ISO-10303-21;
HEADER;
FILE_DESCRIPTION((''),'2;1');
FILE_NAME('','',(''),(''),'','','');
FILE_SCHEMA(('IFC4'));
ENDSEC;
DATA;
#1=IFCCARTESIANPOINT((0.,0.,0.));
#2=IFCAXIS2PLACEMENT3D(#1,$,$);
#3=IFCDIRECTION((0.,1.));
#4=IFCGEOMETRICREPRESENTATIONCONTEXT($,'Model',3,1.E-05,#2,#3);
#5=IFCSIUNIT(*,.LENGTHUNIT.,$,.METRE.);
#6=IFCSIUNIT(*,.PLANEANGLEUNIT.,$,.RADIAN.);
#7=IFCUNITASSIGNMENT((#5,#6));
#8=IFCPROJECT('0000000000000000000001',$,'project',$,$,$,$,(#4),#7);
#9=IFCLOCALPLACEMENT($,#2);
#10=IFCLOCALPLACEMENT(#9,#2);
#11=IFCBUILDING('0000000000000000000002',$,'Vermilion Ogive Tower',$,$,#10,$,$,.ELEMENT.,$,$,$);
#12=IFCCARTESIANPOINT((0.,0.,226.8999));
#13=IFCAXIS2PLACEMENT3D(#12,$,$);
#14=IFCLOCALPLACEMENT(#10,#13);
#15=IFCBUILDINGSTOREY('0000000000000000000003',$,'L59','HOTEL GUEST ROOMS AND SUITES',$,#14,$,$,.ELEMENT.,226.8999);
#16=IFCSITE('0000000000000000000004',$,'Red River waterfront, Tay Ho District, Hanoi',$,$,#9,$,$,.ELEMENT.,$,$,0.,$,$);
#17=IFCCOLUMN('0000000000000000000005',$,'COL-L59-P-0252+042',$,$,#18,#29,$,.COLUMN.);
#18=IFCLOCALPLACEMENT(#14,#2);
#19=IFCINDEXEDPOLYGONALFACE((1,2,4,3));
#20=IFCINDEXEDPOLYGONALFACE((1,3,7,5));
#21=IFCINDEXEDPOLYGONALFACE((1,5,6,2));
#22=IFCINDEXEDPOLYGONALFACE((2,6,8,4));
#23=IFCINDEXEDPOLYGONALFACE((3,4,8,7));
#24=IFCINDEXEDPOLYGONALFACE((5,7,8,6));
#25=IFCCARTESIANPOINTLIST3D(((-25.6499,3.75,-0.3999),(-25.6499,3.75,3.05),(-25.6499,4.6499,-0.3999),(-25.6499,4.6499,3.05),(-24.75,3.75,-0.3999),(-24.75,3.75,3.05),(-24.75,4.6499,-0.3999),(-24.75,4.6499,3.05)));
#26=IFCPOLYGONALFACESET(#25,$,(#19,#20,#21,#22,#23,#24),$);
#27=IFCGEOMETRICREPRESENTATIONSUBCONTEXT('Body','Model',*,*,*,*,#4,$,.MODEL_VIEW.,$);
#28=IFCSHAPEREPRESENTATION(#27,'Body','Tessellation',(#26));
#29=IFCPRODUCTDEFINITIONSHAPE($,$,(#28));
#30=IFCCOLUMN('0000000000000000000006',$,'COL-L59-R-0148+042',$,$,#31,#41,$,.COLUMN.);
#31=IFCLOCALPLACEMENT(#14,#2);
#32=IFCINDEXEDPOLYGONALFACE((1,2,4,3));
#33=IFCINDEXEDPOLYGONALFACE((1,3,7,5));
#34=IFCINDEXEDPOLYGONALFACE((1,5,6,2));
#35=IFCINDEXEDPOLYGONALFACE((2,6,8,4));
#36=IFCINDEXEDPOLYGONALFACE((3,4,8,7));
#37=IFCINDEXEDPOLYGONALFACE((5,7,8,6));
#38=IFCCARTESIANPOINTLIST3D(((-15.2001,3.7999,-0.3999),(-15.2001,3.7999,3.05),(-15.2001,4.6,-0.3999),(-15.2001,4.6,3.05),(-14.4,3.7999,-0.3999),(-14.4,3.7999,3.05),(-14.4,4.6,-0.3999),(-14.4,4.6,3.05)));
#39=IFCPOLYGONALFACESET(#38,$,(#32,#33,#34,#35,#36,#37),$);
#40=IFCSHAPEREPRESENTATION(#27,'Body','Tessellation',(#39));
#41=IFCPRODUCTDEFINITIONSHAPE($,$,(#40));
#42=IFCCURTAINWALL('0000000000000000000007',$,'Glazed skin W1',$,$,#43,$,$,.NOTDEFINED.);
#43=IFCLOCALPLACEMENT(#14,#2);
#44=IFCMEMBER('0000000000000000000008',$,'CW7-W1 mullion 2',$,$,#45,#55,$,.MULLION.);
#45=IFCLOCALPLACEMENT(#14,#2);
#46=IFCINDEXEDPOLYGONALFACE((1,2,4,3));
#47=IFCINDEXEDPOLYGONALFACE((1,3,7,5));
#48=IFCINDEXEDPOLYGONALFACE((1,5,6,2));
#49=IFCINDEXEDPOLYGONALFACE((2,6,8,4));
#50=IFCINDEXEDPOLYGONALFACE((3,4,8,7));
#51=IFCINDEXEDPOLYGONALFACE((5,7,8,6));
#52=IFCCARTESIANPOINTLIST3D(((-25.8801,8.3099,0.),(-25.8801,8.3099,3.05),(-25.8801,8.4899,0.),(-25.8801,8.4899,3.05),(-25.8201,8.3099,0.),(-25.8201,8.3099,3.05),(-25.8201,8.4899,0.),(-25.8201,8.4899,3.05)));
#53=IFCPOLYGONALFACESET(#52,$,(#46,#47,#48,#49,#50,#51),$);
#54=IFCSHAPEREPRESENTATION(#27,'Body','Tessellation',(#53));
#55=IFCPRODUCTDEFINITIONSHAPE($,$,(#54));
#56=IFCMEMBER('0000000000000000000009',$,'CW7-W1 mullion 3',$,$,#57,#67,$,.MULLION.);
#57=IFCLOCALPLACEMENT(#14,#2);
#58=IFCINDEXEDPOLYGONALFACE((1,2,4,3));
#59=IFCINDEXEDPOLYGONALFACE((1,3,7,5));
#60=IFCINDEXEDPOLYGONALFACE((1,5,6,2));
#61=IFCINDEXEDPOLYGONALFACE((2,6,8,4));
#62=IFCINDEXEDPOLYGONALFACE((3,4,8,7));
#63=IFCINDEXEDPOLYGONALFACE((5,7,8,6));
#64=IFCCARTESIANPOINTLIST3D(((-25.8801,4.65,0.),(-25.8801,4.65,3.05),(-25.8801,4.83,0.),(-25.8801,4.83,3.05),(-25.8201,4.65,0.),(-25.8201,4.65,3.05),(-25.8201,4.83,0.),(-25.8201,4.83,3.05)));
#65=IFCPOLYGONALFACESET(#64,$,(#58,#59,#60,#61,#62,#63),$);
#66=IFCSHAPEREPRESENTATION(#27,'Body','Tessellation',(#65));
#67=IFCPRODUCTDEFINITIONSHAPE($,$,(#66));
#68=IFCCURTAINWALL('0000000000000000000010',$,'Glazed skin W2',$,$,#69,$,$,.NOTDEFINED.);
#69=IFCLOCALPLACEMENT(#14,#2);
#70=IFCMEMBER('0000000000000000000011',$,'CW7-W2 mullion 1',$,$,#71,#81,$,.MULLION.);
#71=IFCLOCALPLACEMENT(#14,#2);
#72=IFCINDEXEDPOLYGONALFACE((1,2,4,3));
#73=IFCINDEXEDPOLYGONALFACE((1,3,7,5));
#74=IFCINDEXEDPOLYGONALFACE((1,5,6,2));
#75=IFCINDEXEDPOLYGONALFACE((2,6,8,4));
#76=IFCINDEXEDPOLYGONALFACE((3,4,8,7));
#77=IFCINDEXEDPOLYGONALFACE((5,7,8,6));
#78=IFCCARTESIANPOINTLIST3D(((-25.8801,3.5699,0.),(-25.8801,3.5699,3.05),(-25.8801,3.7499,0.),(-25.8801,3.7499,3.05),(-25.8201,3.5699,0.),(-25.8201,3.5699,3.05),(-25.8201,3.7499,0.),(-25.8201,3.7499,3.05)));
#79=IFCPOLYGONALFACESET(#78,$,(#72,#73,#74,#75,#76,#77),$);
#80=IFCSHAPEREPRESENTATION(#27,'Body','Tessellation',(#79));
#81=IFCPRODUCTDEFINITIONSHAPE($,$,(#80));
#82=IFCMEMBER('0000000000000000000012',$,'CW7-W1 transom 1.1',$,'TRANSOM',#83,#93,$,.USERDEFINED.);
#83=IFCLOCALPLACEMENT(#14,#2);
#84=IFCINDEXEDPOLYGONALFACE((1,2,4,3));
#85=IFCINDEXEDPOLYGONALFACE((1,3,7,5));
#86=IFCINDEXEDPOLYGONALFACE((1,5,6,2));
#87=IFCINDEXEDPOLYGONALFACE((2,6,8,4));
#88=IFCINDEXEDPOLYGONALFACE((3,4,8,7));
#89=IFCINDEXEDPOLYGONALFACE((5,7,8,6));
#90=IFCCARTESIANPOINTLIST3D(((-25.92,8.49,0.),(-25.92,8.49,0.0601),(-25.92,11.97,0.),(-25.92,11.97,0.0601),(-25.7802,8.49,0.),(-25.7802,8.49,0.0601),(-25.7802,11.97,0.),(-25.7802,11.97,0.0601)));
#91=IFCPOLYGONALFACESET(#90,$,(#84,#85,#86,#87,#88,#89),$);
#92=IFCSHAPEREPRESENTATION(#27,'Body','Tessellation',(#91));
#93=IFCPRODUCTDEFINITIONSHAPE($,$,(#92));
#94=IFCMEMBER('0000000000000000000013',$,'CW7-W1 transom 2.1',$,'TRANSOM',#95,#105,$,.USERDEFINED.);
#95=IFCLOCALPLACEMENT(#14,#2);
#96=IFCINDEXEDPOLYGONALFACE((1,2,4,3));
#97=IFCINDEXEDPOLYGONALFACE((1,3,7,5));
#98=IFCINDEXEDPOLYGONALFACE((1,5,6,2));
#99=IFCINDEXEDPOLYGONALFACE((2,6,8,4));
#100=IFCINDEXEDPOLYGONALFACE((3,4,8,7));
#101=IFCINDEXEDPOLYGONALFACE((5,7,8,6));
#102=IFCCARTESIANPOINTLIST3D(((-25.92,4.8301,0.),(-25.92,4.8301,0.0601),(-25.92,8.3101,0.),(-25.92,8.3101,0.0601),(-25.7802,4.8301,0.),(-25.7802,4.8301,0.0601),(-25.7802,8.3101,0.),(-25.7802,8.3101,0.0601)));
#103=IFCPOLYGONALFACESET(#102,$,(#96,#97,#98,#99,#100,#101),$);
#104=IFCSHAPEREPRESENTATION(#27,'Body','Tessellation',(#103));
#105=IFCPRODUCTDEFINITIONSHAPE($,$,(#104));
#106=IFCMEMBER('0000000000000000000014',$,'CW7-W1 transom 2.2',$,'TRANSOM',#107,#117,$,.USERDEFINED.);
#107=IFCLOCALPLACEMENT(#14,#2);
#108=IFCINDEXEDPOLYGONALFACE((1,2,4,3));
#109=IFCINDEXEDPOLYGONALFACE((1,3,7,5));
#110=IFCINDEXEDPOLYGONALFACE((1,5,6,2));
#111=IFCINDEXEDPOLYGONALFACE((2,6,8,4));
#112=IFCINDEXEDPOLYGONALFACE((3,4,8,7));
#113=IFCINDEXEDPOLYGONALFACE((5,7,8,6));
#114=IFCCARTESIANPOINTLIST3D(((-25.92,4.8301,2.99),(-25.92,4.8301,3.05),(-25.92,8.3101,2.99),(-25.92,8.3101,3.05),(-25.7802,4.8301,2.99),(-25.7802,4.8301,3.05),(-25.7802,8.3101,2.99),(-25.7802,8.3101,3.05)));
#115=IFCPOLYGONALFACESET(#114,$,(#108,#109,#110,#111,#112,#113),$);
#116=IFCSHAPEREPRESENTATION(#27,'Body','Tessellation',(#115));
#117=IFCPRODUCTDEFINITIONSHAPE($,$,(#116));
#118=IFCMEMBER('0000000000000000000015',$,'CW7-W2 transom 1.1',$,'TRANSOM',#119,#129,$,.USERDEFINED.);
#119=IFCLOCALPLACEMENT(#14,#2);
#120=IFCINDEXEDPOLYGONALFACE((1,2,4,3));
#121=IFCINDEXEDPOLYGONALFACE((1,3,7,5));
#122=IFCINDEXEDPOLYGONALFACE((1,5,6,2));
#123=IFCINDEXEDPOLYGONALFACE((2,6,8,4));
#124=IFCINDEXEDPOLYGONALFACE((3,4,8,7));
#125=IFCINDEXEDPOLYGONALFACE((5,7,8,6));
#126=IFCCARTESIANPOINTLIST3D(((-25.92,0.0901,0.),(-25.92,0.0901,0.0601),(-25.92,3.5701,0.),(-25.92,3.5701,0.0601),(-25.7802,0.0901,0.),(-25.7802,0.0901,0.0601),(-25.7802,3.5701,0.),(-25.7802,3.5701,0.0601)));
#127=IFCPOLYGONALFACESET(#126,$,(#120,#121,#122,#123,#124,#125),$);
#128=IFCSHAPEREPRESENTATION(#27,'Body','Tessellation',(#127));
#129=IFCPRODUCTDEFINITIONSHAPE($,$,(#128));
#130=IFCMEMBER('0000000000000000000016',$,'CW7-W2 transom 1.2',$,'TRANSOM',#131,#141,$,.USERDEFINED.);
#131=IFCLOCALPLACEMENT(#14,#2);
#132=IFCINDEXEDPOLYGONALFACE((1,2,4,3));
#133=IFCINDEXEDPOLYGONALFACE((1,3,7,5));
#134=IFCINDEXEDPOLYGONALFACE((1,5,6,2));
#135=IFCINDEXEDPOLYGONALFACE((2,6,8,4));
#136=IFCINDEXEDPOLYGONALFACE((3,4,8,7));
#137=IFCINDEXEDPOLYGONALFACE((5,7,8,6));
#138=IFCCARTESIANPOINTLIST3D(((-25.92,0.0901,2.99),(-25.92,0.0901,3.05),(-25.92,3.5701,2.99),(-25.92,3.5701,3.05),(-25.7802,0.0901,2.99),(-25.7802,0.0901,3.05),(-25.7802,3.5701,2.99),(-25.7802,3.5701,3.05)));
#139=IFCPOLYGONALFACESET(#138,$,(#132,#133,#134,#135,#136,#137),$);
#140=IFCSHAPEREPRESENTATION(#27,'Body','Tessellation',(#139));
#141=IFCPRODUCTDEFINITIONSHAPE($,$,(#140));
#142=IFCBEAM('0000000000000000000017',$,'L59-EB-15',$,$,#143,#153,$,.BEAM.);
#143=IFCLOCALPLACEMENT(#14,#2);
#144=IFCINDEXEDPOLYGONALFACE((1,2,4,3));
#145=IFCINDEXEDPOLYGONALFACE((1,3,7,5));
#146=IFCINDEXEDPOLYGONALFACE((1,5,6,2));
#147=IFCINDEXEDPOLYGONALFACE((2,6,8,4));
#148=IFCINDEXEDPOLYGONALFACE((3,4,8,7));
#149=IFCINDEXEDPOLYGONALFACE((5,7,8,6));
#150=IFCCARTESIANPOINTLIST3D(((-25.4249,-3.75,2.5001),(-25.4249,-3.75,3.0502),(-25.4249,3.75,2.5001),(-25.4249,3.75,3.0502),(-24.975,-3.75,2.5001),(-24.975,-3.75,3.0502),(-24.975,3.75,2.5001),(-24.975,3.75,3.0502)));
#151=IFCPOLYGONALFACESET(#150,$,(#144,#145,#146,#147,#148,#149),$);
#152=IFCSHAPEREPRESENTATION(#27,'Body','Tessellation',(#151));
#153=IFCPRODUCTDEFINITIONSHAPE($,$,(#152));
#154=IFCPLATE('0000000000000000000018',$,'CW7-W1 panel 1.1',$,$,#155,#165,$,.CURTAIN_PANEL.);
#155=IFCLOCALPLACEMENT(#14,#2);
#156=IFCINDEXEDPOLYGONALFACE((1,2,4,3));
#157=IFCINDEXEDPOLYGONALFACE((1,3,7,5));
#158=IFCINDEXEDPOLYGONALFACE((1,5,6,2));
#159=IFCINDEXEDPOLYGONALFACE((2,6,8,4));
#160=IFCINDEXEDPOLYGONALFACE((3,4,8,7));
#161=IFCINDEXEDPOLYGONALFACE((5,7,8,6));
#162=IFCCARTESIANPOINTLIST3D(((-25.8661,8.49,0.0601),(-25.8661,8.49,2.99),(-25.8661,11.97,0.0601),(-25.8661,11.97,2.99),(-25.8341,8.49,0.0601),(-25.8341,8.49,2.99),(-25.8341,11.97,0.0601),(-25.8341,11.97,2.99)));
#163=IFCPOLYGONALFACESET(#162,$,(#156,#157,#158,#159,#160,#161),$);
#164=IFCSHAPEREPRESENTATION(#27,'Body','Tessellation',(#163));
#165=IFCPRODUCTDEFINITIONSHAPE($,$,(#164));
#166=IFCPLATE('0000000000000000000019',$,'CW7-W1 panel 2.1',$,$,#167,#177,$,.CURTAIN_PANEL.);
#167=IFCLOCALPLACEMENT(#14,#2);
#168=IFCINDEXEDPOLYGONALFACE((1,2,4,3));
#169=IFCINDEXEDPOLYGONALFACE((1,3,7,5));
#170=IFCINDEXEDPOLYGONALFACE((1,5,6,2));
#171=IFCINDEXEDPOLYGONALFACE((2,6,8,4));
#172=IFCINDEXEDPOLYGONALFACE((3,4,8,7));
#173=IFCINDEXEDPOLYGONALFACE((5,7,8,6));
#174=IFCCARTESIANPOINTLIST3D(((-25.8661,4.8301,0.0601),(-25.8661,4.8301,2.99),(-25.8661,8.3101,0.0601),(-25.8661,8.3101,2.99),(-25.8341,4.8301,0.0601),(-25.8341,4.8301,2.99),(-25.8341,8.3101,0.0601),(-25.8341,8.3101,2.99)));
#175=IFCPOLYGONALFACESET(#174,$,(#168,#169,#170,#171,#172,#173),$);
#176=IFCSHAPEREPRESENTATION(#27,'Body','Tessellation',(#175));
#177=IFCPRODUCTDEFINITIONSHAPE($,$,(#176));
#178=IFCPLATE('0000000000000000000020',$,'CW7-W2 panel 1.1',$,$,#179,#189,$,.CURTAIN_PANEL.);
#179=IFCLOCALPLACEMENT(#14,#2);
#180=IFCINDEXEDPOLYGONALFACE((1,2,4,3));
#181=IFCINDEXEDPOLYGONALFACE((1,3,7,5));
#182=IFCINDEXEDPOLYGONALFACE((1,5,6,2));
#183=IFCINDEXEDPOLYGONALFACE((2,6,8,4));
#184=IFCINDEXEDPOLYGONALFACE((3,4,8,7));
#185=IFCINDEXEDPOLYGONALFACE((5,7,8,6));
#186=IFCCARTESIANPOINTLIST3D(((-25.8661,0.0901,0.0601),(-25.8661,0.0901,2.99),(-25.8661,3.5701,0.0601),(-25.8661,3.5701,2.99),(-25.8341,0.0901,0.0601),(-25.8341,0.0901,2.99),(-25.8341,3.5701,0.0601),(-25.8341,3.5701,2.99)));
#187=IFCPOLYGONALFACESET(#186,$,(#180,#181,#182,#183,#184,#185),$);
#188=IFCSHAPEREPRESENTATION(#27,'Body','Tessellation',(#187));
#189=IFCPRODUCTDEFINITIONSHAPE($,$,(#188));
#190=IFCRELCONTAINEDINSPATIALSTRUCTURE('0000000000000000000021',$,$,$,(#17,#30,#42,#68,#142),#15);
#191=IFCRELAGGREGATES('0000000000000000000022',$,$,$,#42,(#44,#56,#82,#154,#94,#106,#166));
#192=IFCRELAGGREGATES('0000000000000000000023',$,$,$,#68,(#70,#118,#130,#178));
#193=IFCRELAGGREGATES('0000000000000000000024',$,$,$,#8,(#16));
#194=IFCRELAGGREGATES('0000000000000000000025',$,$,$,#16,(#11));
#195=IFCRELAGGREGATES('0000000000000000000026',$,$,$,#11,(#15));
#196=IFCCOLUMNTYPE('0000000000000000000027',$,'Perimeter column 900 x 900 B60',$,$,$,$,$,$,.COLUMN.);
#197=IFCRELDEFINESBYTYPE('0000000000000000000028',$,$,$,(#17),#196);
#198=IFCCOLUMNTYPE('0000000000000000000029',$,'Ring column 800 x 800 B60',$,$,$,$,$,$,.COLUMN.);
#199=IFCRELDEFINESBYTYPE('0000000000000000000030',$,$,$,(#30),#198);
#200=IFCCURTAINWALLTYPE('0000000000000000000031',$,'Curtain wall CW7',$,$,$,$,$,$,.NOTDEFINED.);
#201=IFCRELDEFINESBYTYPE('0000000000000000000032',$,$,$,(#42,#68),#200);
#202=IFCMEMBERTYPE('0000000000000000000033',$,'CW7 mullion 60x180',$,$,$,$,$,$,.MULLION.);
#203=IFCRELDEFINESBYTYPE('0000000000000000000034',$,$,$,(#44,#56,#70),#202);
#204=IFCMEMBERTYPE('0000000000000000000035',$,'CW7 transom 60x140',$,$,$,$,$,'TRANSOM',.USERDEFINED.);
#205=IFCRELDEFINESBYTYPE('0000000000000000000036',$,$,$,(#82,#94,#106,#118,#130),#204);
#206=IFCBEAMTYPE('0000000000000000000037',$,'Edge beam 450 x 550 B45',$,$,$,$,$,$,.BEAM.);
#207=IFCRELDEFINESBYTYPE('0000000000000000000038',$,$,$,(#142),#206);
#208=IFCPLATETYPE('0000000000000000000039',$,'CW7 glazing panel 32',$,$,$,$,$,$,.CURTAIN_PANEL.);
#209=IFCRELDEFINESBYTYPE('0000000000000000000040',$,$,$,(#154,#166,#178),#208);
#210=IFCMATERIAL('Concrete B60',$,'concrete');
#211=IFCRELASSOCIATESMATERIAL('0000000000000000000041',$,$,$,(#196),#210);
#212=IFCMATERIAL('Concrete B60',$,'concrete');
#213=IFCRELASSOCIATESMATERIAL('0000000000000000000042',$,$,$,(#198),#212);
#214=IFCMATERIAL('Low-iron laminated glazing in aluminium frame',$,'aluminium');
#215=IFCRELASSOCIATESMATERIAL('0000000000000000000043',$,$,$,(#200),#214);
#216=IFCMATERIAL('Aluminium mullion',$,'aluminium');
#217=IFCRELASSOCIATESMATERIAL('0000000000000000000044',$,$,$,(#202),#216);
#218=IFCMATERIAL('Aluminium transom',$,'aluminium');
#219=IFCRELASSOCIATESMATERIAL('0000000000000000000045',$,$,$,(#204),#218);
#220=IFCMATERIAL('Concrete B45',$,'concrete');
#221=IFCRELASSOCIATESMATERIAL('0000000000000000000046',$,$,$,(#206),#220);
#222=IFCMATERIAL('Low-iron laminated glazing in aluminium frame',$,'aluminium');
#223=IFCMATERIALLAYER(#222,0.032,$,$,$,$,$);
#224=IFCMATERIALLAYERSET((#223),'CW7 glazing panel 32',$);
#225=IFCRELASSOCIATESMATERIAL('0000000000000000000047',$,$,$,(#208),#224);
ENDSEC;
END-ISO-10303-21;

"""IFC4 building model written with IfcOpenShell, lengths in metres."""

from ifc_helpers import new_model, si_unit, direction, frame, origin, origin_2d, place, context, subcontext, project, spatial, rectangle, extrude, material, layer, layer_set, material_profile, profile_set, type_object, element, aggregate, save


model = new_model("IFC4")

# Units and contexts
model_context = context("Model", 3, precision=1e-05, world=origin(), true_north=direction((0.0, 1.0)))
body_context = subcontext(model_context, "Body", "Model", "MODEL_VIEW")
ifc_project = project(units=[si_unit("LENGTHUNIT", "METRE"), si_unit("PLANEANGLEUNIT", "RADIAN")], contexts=[model_context])

# Site, building, storey
site_placement = place(None, origin())
site = spatial("IfcSite", under=ifc_project, at=site_placement, Name="Red River waterfront, Tay Ho District, Hanoi", CompositionType="ELEMENT", RefElevation=0.0)
building_placement = place(site_placement, origin())
building = spatial("IfcBuilding", under=site, at=building_placement, Name="Vermilion Ogive Tower", CompositionType="ELEMENT")
storey_placement = place(building_placement, frame((0.0, 0.0, 226.8999)))
storey = spatial("IfcBuildingStorey", under=building, at=storey_placement, Name="L59", Description="HOTEL GUEST ROOMS AND SUITES", CompositionType="ELEMENT", Elevation=226.8999)

# Columns
ifc_material_1 = material(Name="Concrete B60", Category="concrete")
ifc_material_profile_1 = material_profile(ifc_material_1, rectangle(XDim=0.8999, YDim=0.8999, at=origin_2d()), Name="900 x 900")
ifc_profile_set_1 = profile_set([ifc_material_profile_1], Name="Concrete B60")
column_type_1 = type_object("IfcColumnType", Name="Perimeter column 900 x 900 B60", PredefinedType="COLUMN", material=ifc_profile_set_1)
column_1_placement = place(storey_placement, frame((-25.2, 4.2, -0.3999), z_axis=(0.0, 0.0, 1.0), x_axis=(1.0, 0.0, 0.0)))
element("IfcColumn", 1, at=column_1_placement, inside=storey, type_object=column_type_1, Name="COL-L59-P-0252+042", PredefinedType="COLUMN", context=body_context, shape_type="SweptSolid", body=[
    extrude(rectangle(XDim=0.8999, YDim=0.8999, at=origin_2d()), origin(), (0.0, 0.0, 1.0), 3.45),
])
ifc_material_2 = material(Name="Concrete B60", Category="concrete")
ifc_material_profile_2 = material_profile(ifc_material_2, rectangle(XDim=0.8, YDim=0.8, at=origin_2d()), Name="800 x 800")
ifc_profile_set_2 = profile_set([ifc_material_profile_2], Name="Concrete B60")
column_type_2 = type_object("IfcColumnType", Name="Ring column 800 x 800 B60", PredefinedType="COLUMN", material=ifc_profile_set_2)
column_2_placement = place(storey_placement, frame((-14.8, 4.2, -0.3999), z_axis=(0.0, 0.0, 1.0), x_axis=(1.0, 0.0, 0.0)))
element("IfcColumn", 2, at=column_2_placement, inside=storey, type_object=column_type_2, Name="COL-L59-R-0148+042", PredefinedType="COLUMN", context=body_context, shape_type="SweptSolid", body=[
    extrude(rectangle(XDim=0.8, YDim=0.8, at=origin_2d()), origin(), (0.0, 0.0, 1.0), 3.45),
])

# Curtain wall, members
ifc_material_3 = material(Name="Low-iron laminated glazing in aluminium frame", Category="aluminium")
curtain_wall_type = type_object("IfcCurtainWallType", Name="Curtain wall CW7", PredefinedType="NOTDEFINED", material=ifc_material_3)
curtain_wall_1_placement = place(storey_placement, origin())
curtain_wall_1 = element("IfcCurtainWall", 3, at=curtain_wall_1_placement, inside=storey, type_object=curtain_wall_type, Name="Glazed skin W1", PredefinedType="NOTDEFINED")
ifc_material_4 = material(Name="Aluminium mullion", Category="aluminium")
ifc_material_profile_3 = material_profile(ifc_material_4, rectangle(XDim=0.0601, YDim=0.1799, at=origin_2d()), Name="AL 60x180")
ifc_profile_set_3 = profile_set([ifc_material_profile_3], Name="Aluminium mullion")
member_type_1 = type_object("IfcMemberType", Name="CW7 mullion 60x180", PredefinedType="MULLION", material=ifc_profile_set_3)
member_1_placement = place(storey_placement, frame((-25.8501, 8.3999, 0.0), z_axis=(0.0, 0.0, 1.0), x_axis=(1.0, 0.0, 0.0)))
member_1 = element("IfcMember", 4, at=member_1_placement, type_object=member_type_1, Name="CW7-W1 mullion 2", PredefinedType="MULLION", context=body_context, shape_type="SweptSolid", body=[
    extrude(rectangle(XDim=0.0601, YDim=0.1799, at=origin_2d()), origin(), (0.0, 0.0, 1.0), 3.05),
])
member_2_placement = place(storey_placement, frame((-25.8501, 4.74, 0.0), z_axis=(0.0, 0.0, 1.0), x_axis=(1.0, 0.0, 0.0)))
member_2 = element("IfcMember", 5, at=member_2_placement, type_object=member_type_1, Name="CW7-W1 mullion 3", PredefinedType="MULLION", context=body_context, shape_type="SweptSolid", body=[
    extrude(rectangle(XDim=0.0601, YDim=0.1799, at=origin_2d()), origin(), (0.0, 0.0, 1.0), 3.05),
])

# Curtain wall, member
curtain_wall_2_placement = place(storey_placement, origin())
curtain_wall_2 = element("IfcCurtainWall", 6, at=curtain_wall_2_placement, inside=storey, type_object=curtain_wall_type, Name="Glazed skin W2", PredefinedType="NOTDEFINED")
member_3_placement = place(storey_placement, frame((-25.8501, 3.6599, 0.0), z_axis=(0.0, 0.0, 1.0), x_axis=(1.0, 0.0, 0.0)))
member_3 = element("IfcMember", 7, at=member_3_placement, type_object=member_type_1, Name="CW7-W2 mullion 1", PredefinedType="MULLION", context=body_context, shape_type="SweptSolid", body=[
    extrude(rectangle(XDim=0.0601, YDim=0.1799, at=origin_2d()), origin(), (0.0, 0.0, 1.0), 3.05),
])

# Members
ifc_material_5 = material(Name="Aluminium transom", Category="aluminium")
ifc_material_profile_4 = material_profile(ifc_material_5, rectangle(XDim=0.1399, YDim=0.0601, at=origin_2d()), Name="AL 60x140")
ifc_profile_set_4 = profile_set([ifc_material_profile_4], Name="Aluminium transom")
member_type_2 = type_object("IfcMemberType", Name="CW7 transom 60x140", ElementType="TRANSOM", PredefinedType="USERDEFINED", material=ifc_profile_set_4)
member_4_placement = place(storey_placement, frame((-25.8501, 11.97, 0.03), z_axis=(0.0, -1.0, 0.0), x_axis=(1.0, 0.0, 0.0)))
member_4 = element("IfcMember", 8, at=member_4_placement, type_object=member_type_2, Name="CW7-W1 transom 1.1", ObjectType="TRANSOM", PredefinedType="USERDEFINED", context=body_context, shape_type="SweptSolid", body=[
    extrude(rectangle(XDim=0.1399, YDim=0.0601, at=origin_2d()), origin(), (0.0, 0.0, 1.0), 3.48),
])
member_5_placement = place(storey_placement, frame((-25.8501, 8.3101, 0.03), z_axis=(0.0, -1.0, 0.0), x_axis=(1.0, 0.0, 0.0)))
member_5 = element("IfcMember", 9, at=member_5_placement, type_object=member_type_2, Name="CW7-W1 transom 2.1", ObjectType="TRANSOM", PredefinedType="USERDEFINED", context=body_context, shape_type="SweptSolid", body=[
    extrude(rectangle(XDim=0.1399, YDim=0.0601, at=origin_2d()), origin(), (0.0, 0.0, 1.0), 3.48),
])
member_6_placement = place(storey_placement, frame((-25.8501, 8.3101, 3.02), z_axis=(0.0, -1.0, 0.0), x_axis=(1.0, 0.0, 0.0)))
member_6 = element("IfcMember", 10, at=member_6_placement, type_object=member_type_2, Name="CW7-W1 transom 2.2", ObjectType="TRANSOM", PredefinedType="USERDEFINED", context=body_context, shape_type="SweptSolid", body=[
    extrude(rectangle(XDim=0.1399, YDim=0.0601, at=origin_2d()), origin(), (0.0, 0.0, 1.0), 3.48),
])
member_7_placement = place(storey_placement, frame((-25.8501, 3.5701, 0.03), z_axis=(0.0, -1.0, 0.0), x_axis=(1.0, 0.0, 0.0)))
member_7 = element("IfcMember", 11, at=member_7_placement, type_object=member_type_2, Name="CW7-W2 transom 1.1", ObjectType="TRANSOM", PredefinedType="USERDEFINED", context=body_context, shape_type="SweptSolid", body=[
    extrude(rectangle(XDim=0.1399, YDim=0.0601, at=origin_2d()), origin(), (0.0, 0.0, 1.0), 3.48),
])
member_8_placement = place(storey_placement, frame((-25.8501, 3.5701, 3.02), z_axis=(0.0, -1.0, 0.0), x_axis=(1.0, 0.0, 0.0)))
member_8 = element("IfcMember", 12, at=member_8_placement, type_object=member_type_2, Name="CW7-W2 transom 1.2", ObjectType="TRANSOM", PredefinedType="USERDEFINED", context=body_context, shape_type="SweptSolid", body=[
    extrude(rectangle(XDim=0.1399, YDim=0.0601, at=origin_2d()), origin(), (0.0, 0.0, 1.0), 3.48),
])

# Beam
ifc_material_6 = material(Name="Concrete B45", Category="concrete")
ifc_material_profile_5 = material_profile(ifc_material_6, rectangle(XDim=0.45, YDim=0.55, at=origin_2d()), Name="450 x 550")
ifc_profile_set_5 = profile_set([ifc_material_profile_5], Name="Concrete B45")
beam_type = type_object("IfcBeamType", Name="Edge beam 450 x 550 B45", PredefinedType="BEAM", material=ifc_profile_set_5)
beam_placement = place(storey_placement, frame((-25.2, 3.75, 2.7751), z_axis=(0.0, -1.0, 0.0), x_axis=(1.0, 0.0, 0.0)))
element("IfcBeam", 13, at=beam_placement, inside=storey, type_object=beam_type, Name="L59-EB-15", PredefinedType="BEAM", context=body_context, shape_type="SweptSolid", body=[
    extrude(rectangle(XDim=0.45, YDim=0.55, at=origin_2d()), origin(), (0.0, 0.0, 1.0), 7.5),
])

# Plates
ifc_material_7 = material(Name="Low-iron laminated glazing in aluminium frame", Category="aluminium")
ifc_layer_1 = layer(ifc_material_7, 0.032)
ifc_layer_set_1 = layer_set([ifc_layer_1], Name="CW7 glazing panel 32")
plate_type = type_object("IfcPlateType", Name="CW7 glazing panel 32", PredefinedType="CURTAIN_PANEL", material=ifc_layer_set_1)
plate_1_placement = place(storey_placement, frame((-25.8501, 10.23, 0.0601), z_axis=(0.0, 0.0, 1.0), x_axis=(0.0, -1.0, 0.0)))
plate_1 = element("IfcPlate", 14, at=plate_1_placement, type_object=plate_type, Name="CW7-W1 panel 1.1", PredefinedType="CURTAIN_PANEL", context=body_context, shape_type="SweptSolid", body=[
    extrude(rectangle(XDim=3.48, YDim=0.032, at=origin_2d()), origin(), (0.0, 0.0, 1.0), 2.9299),
])
plate_2_placement = place(storey_placement, frame((-25.8501, 6.5701, 0.0601), z_axis=(0.0, 0.0, 1.0), x_axis=(0.0, -1.0, 0.0)))
plate_2 = element("IfcPlate", 15, at=plate_2_placement, type_object=plate_type, Name="CW7-W1 panel 2.1", PredefinedType="CURTAIN_PANEL", context=body_context, shape_type="SweptSolid", body=[
    extrude(rectangle(XDim=3.48, YDim=0.032, at=origin_2d()), origin(), (0.0, 0.0, 1.0), 2.9299),
])
aggregate(curtain_wall_1, [member_1, member_2, member_4, plate_1, member_5, member_6, plate_2])
plate_3_placement = place(storey_placement, frame((-25.8501, 1.8301, 0.0601), z_axis=(0.0, 0.0, 1.0), x_axis=(0.0, -1.0, 0.0)))
plate_3 = element("IfcPlate", 16, at=plate_3_placement, type_object=plate_type, Name="CW7-W2 panel 1.1", PredefinedType="CURTAIN_PANEL", context=body_context, shape_type="SweptSolid", body=[
    extrude(rectangle(XDim=3.48, YDim=0.032, at=origin_2d()), origin(), (0.0, 0.0, 1.0), 2.9299),
])
aggregate(curtain_wall_2, [member_3, member_7, member_8, plate_3])

save(model, "model.ifc")
